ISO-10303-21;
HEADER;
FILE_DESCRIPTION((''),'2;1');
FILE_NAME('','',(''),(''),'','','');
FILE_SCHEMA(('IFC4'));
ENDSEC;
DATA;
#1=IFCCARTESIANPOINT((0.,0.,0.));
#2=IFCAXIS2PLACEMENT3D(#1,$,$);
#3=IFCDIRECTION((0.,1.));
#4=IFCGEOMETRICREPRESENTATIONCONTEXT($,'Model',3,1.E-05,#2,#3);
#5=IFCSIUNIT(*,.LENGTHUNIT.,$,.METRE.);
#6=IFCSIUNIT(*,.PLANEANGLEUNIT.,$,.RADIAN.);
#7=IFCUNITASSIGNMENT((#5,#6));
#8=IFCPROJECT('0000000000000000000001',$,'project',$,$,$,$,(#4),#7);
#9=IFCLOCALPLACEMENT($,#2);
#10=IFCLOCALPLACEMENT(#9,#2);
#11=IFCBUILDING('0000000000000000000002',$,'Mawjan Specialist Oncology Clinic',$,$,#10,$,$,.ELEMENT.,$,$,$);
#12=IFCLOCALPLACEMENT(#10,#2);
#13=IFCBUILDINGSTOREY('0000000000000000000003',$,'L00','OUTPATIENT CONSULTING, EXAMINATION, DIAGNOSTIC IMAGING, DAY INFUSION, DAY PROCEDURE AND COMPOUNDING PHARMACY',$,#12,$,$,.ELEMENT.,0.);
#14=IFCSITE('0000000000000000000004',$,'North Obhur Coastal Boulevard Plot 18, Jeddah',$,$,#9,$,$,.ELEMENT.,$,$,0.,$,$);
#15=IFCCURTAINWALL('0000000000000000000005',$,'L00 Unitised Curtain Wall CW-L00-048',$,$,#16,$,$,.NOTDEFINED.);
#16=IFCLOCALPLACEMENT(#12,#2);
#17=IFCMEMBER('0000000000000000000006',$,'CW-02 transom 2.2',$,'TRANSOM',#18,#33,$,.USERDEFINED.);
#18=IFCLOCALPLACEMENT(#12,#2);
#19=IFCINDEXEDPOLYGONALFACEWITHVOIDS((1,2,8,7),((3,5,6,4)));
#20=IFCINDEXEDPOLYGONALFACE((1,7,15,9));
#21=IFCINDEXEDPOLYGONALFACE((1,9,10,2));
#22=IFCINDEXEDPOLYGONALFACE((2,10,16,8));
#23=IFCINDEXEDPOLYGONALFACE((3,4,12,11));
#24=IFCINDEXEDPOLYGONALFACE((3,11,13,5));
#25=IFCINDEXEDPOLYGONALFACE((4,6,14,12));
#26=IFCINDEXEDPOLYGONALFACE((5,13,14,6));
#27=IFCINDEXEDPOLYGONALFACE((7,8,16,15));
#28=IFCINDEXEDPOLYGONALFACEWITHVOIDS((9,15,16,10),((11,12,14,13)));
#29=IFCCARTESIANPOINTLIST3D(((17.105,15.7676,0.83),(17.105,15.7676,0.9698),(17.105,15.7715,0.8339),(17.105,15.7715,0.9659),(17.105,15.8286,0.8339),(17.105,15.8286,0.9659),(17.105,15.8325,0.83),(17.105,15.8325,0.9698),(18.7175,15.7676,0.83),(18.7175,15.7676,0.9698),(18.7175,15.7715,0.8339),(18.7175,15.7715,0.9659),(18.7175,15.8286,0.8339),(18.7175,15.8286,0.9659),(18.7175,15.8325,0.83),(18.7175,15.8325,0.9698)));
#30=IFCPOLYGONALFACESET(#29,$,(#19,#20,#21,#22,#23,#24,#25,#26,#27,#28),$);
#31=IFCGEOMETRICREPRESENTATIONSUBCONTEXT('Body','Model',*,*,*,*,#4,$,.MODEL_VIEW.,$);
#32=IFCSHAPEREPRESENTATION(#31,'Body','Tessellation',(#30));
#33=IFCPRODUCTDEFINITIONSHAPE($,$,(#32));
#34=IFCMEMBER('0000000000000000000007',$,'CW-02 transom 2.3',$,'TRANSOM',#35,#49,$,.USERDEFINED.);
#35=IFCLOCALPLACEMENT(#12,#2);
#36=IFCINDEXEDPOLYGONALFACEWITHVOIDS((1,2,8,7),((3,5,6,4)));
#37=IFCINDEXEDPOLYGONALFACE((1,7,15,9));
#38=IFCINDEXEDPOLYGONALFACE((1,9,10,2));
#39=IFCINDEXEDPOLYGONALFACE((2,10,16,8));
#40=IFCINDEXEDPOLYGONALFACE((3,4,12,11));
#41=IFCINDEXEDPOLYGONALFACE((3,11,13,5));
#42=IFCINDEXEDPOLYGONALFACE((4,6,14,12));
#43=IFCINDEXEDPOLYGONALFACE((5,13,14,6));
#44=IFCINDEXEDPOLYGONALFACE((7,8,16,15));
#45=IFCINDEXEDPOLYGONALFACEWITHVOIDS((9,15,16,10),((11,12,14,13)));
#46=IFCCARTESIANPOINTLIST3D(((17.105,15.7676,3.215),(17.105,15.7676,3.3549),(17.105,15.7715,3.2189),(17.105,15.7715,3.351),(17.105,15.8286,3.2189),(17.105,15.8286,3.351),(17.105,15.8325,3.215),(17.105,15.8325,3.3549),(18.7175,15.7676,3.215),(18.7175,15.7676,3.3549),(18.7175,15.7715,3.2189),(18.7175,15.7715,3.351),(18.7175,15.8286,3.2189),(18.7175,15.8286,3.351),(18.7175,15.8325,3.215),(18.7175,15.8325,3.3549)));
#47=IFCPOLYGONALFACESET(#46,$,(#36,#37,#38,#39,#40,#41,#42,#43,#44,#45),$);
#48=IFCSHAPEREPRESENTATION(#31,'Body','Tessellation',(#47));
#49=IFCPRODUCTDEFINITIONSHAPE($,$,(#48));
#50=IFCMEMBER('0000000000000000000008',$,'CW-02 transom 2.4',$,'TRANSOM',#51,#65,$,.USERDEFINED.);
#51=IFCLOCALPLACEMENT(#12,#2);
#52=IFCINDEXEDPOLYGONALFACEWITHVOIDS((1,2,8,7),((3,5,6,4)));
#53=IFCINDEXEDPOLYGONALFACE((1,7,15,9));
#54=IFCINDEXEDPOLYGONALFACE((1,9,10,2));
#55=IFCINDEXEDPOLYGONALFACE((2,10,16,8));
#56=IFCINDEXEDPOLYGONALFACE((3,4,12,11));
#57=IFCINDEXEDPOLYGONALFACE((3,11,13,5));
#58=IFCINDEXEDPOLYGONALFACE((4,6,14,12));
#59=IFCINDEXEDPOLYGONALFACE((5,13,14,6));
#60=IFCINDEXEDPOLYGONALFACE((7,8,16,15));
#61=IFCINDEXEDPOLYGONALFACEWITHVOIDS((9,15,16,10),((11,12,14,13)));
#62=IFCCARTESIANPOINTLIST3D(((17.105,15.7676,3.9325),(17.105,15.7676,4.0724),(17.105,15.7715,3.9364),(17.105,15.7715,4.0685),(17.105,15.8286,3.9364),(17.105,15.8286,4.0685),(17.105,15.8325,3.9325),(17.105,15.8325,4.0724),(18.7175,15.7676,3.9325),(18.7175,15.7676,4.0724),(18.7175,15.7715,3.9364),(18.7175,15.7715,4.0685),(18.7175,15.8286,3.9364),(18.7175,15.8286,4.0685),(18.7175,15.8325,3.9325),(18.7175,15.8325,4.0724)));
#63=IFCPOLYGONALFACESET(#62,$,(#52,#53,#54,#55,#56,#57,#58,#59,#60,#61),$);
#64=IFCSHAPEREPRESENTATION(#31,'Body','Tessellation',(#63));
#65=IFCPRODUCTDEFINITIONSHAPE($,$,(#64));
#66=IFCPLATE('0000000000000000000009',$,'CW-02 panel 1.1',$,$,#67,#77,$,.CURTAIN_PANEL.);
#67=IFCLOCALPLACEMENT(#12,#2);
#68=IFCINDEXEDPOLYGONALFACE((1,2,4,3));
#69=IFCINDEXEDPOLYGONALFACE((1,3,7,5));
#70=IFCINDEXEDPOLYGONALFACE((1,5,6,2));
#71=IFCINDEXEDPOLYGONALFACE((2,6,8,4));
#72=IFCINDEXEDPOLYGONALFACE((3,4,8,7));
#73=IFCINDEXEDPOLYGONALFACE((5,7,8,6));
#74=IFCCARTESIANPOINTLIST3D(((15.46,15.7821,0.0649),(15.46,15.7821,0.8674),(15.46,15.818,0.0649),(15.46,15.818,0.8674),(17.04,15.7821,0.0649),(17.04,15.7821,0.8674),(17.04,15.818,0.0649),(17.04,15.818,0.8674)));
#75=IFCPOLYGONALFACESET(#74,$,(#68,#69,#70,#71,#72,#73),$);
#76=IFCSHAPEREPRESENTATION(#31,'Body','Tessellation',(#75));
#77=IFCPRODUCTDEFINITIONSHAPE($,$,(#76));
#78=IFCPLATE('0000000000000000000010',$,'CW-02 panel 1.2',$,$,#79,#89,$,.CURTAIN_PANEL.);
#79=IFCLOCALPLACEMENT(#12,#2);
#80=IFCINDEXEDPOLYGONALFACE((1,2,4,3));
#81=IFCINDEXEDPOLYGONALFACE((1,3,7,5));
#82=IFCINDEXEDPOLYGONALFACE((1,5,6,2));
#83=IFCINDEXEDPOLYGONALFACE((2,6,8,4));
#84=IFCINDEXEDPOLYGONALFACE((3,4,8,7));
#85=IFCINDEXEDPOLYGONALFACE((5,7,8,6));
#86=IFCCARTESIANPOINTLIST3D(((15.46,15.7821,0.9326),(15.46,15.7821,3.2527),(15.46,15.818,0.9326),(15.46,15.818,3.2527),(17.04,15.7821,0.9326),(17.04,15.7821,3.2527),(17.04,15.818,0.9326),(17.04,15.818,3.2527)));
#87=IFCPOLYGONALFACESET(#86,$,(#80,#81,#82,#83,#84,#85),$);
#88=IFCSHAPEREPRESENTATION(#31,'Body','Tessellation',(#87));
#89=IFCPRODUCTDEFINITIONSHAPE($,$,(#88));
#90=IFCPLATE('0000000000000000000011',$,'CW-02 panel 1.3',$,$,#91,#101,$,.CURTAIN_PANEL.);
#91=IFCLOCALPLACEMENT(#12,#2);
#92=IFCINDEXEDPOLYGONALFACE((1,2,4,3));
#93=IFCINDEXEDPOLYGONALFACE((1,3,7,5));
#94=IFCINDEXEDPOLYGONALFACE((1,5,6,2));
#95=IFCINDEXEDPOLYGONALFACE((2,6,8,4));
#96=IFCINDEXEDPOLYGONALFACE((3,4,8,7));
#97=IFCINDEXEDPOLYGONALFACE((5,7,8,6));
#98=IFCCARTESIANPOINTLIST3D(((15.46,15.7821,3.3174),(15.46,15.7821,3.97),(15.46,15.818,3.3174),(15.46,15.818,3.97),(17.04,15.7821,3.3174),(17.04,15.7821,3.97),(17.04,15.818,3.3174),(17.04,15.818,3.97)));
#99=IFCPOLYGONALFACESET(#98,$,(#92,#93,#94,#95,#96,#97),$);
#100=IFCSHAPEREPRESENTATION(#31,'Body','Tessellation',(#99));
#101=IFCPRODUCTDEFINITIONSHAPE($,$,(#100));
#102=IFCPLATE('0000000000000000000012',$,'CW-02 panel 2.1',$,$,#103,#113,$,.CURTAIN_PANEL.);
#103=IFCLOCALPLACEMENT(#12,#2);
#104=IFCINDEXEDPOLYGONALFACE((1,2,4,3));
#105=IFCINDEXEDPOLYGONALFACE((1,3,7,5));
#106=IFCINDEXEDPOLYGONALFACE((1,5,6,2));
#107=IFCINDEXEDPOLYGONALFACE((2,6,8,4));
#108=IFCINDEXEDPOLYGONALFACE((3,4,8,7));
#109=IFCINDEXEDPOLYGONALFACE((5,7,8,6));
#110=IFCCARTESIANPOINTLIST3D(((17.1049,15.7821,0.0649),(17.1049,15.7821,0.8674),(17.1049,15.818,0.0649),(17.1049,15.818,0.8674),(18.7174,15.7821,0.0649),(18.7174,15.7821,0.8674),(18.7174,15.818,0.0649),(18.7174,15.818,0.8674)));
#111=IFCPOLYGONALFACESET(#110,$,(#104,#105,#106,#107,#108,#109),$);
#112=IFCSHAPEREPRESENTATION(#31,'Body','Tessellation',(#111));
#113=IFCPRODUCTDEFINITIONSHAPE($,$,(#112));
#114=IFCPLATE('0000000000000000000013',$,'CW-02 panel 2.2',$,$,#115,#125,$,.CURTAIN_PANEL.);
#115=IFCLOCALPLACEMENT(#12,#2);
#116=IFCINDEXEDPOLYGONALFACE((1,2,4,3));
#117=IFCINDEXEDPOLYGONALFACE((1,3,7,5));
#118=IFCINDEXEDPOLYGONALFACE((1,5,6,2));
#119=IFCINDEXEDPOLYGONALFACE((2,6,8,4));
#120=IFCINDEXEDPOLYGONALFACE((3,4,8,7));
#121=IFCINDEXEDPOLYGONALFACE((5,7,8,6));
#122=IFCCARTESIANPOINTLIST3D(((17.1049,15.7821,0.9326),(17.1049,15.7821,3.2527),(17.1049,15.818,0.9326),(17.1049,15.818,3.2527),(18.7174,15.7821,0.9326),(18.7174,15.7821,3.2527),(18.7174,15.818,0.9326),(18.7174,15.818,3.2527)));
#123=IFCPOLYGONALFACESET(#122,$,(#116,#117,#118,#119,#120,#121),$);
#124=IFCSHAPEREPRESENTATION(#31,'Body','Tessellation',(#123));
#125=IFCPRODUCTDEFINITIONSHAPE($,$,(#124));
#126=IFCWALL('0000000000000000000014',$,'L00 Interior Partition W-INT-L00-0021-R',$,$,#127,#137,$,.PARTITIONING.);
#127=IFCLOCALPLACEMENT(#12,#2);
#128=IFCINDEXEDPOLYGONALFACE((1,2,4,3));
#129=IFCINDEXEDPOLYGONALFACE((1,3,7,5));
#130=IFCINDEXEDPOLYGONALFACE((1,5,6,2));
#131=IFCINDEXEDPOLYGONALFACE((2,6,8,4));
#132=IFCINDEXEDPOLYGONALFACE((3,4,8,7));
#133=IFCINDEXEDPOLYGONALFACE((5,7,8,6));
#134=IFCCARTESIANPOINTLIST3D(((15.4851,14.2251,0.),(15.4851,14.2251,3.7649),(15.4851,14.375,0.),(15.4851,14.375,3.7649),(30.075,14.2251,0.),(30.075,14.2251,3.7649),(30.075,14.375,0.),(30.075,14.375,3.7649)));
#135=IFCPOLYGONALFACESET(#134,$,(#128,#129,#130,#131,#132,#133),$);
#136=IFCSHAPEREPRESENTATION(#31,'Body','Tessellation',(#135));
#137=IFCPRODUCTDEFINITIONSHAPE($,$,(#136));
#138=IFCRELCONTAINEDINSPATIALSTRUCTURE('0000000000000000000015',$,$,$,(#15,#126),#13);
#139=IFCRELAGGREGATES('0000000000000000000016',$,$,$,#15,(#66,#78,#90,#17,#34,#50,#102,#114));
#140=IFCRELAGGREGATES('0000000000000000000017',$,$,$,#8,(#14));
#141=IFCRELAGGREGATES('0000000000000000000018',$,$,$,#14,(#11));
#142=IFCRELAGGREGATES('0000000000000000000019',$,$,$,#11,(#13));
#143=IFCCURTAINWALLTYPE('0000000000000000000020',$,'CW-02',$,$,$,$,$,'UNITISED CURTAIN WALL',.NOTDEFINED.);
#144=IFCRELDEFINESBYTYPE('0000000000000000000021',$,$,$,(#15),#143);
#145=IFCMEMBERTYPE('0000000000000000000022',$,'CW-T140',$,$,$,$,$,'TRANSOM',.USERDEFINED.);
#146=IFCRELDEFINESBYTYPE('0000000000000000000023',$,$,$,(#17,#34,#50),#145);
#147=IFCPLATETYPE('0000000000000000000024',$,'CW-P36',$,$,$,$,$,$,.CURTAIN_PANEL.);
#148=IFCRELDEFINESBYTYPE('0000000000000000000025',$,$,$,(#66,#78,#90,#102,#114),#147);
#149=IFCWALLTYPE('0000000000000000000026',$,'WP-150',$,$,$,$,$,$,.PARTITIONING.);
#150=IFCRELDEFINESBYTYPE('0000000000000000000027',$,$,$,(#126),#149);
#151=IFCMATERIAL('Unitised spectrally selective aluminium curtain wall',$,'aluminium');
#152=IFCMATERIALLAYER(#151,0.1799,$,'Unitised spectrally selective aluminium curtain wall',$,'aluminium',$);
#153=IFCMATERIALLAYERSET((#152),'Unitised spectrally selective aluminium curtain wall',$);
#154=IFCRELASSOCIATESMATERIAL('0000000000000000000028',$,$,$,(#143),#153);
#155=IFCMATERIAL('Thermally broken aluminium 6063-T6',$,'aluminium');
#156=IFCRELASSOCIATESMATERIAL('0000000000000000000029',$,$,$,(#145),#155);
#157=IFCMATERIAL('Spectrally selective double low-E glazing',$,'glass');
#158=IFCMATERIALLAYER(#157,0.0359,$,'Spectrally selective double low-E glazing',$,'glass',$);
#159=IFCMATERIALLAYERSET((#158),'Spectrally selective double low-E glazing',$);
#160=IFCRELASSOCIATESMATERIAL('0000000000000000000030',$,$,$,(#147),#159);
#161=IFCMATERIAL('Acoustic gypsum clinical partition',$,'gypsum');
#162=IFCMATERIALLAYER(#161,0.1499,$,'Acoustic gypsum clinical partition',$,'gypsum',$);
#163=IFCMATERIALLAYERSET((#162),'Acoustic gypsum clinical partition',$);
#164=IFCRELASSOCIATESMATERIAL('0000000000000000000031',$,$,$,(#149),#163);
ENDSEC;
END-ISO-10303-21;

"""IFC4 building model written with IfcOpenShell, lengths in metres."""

from ifc_helpers import new_model, si_unit, direction, frame, frame_2d, origin, origin_2d, place, context, subcontext, project, spatial, rectangle, hollow_rectangle, extrude, material, layer, layer_set, material_profile, profile_set, type_object, element, aggregate, save


model = new_model("IFC4")

# Units and contexts
model_context = context("Model", 3, precision=1e-05, world=origin(), true_north=direction((0.0, 1.0)))
body_context = subcontext(model_context, "Body", "Model", "MODEL_VIEW")
ifc_project = project(units=[si_unit("LENGTHUNIT", "METRE"), si_unit("PLANEANGLEUNIT", "RADIAN")], contexts=[model_context])

# Site, building, storey
site_placement = place(None, origin())
site = spatial("IfcSite", under=ifc_project, at=site_placement, Name="North Obhur Coastal Boulevard Plot 18, Jeddah", CompositionType="ELEMENT", RefElevation=0.0)
building_placement = place(site_placement, origin())
building = spatial("IfcBuilding", under=site, at=building_placement, Name="Mawjan Specialist Oncology Clinic", CompositionType="ELEMENT")
storey_placement = place(building_placement, origin())
storey = spatial("IfcBuildingStorey", under=building, at=storey_placement, Name="L00", Description="OUTPATIENT CONSULTING, EXAMINATION, DIAGNOSTIC IMAGING, DAY INFUSION, DAY PROCEDURE AND COMPOUNDING PHARMACY", CompositionType="ELEMENT", Elevation=0.0)

# Curtain wall, members, plates
ifc_material_1 = material(Name="Unitised spectrally selective aluminium curtain wall", Category="aluminium")
ifc_layer_1 = layer(ifc_material_1, 0.1799, Name="Unitised spectrally selective aluminium curtain wall", Category="aluminium")
ifc_layer_set_1 = layer_set([ifc_layer_1], Name="Unitised spectrally selective aluminium curtain wall")
curtain_wall_type = type_object("IfcCurtainWallType", Name="CW-02", ElementType="UNITISED CURTAIN WALL", PredefinedType="NOTDEFINED", material=ifc_layer_set_1)
curtain_wall_placement = place(storey_placement, origin())
curtain_wall = element("IfcCurtainWall", 1, at=curtain_wall_placement, inside=storey, type_object=curtain_wall_type, Name="L00 Unitised Curtain Wall CW-L00-048", PredefinedType="NOTDEFINED")
ifc_material_2 = material(Name="Thermally broken aluminium 6063-T6", Category="aluminium")
ifc_material_profile_1 = material_profile(ifc_material_2, hollow_rectangle(XDim=0.0649, YDim=0.1399, WallThickness=0.0039, at=origin_2d()), Name="ALU TRANSOM 140x65x4", Category="aluminium")
ifc_profile_set_1 = profile_set([ifc_material_profile_1], Name="Thermally broken aluminium 6063-T6")
member_type_1 = type_object("IfcMemberType", Name="CW-T140", ElementType="TRANSOM", PredefinedType="USERDEFINED", material=ifc_profile_set_1)
member_1_placement = place(storey_placement, frame((17.105, 15.8, 0.8999), z_axis=(1.0, 0.0, 0.0), x_axis=(0.0, 1.0, 0.0)))
member_1 = element("IfcMember", 2, at=member_1_placement, type_object=member_type_1, Name="CW-02 transom 2.2", ObjectType="TRANSOM", PredefinedType="USERDEFINED", context=body_context, shape_type="SweptSolid", body=[
    extrude(hollow_rectangle(XDim=0.0649, YDim=0.1399, WallThickness=0.0039, at=origin_2d()), origin(), (0.0, 0.0, 1.0), 1.6125),
])
member_2_placement = place(storey_placement, frame((17.105, 15.8, 3.2849), z_axis=(1.0, 0.0, 0.0), x_axis=(0.0, 1.0, 0.0)))
member_2 = element("IfcMember", 3, at=member_2_placement, type_object=member_type_1, Name="CW-02 transom 2.3", ObjectType="TRANSOM", PredefinedType="USERDEFINED", context=body_context, shape_type="SweptSolid", body=[
    extrude(hollow_rectangle(XDim=0.0649, YDim=0.1399, WallThickness=0.0039, at=origin_2d()), origin(), (0.0, 0.0, 1.0), 1.6125),
])
member_3_placement = place(storey_placement, frame((17.105, 15.8, 4.0024), z_axis=(1.0, 0.0, 0.0), x_axis=(0.0, 1.0, 0.0)))
member_3 = element("IfcMember", 4, at=member_3_placement, type_object=member_type_1, Name="CW-02 transom 2.4", ObjectType="TRANSOM", PredefinedType="USERDEFINED", context=body_context, shape_type="SweptSolid", body=[
    extrude(hollow_rectangle(XDim=0.0649, YDim=0.1399, WallThickness=0.0039, at=origin_2d()), origin(), (0.0, 0.0, 1.0), 1.6125),
])
ifc_material_3 = material(Name="Spectrally selective double low-E glazing", Category="glass")
ifc_layer_2 = layer(ifc_material_3, 0.0359, Name="Spectrally selective double low-E glazing", Category="glass")
ifc_layer_set_2 = layer_set([ifc_layer_2], Name="Spectrally selective double low-E glazing")
plate_type = type_object("IfcPlateType", Name="CW-P36", PredefinedType="CURTAIN_PANEL", material=ifc_layer_set_2)
plate_1_placement = place(storey_placement, frame((16.25, 15.8, 0.0649), z_axis=(0.0, 0.0, 1.0), x_axis=(1.0, 0.0, 0.0)))
plate_1 = element("IfcPlate", 5, at=plate_1_placement, type_object=plate_type, Name="CW-02 panel 1.1", PredefinedType="CURTAIN_PANEL", context=body_context, shape_type="SweptSolid", body=[
    extrude(rectangle(XDim=1.5801, YDim=0.0359, at=origin_2d()), origin(), (0.0, 0.0, 1.0), 0.8025),
])
plate_2_placement = place(storey_placement, frame((16.25, 15.8, 0.9326), z_axis=(0.0, 0.0, 1.0), x_axis=(1.0, 0.0, 0.0)))
plate_2 = element("IfcPlate", 6, at=plate_2_placement, type_object=plate_type, Name="CW-02 panel 1.2", PredefinedType="CURTAIN_PANEL", context=body_context, shape_type="SweptSolid", body=[
    extrude(rectangle(XDim=1.5801, YDim=0.0359, at=origin_2d()), origin(), (0.0, 0.0, 1.0), 2.3201),
])
plate_3_placement = place(storey_placement, frame((16.25, 15.8, 3.3174), z_axis=(0.0, 0.0, 1.0), x_axis=(1.0, 0.0, 0.0)))
plate_3 = element("IfcPlate", 7, at=plate_3_placement, type_object=plate_type, Name="CW-02 panel 1.3", PredefinedType="CURTAIN_PANEL", context=body_context, shape_type="SweptSolid", body=[
    extrude(rectangle(XDim=1.5801, YDim=0.0359, at=origin_2d()), origin(), (0.0, 0.0, 1.0), 0.6526),
])
plate_4_placement = place(storey_placement, frame((17.9111, 15.8, 0.0649), z_axis=(0.0, 0.0, 1.0), x_axis=(1.0, 0.0, 0.0)))
plate_4 = element("IfcPlate", 8, at=plate_4_placement, type_object=plate_type, Name="CW-02 panel 2.1", PredefinedType="CURTAIN_PANEL", context=body_context, shape_type="SweptSolid", body=[
    extrude(rectangle(XDim=1.6125, YDim=0.0359, at=origin_2d()), origin(), (0.0, 0.0, 1.0), 0.8025),
])
plate_5_placement = place(storey_placement, frame((17.9111, 15.8, 0.9326), z_axis=(0.0, 0.0, 1.0), x_axis=(1.0, 0.0, 0.0)))
plate_5 = element("IfcPlate", 9, at=plate_5_placement, type_object=plate_type, Name="CW-02 panel 2.2", PredefinedType="CURTAIN_PANEL", context=body_context, shape_type="SweptSolid", body=[
    extrude(rectangle(XDim=1.6125, YDim=0.0359, at=origin_2d()), origin(), (0.0, 0.0, 1.0), 2.3201),
])
aggregate(curtain_wall, [plate_1, plate_2, plate_3, member_1, member_2, member_3, plate_4, plate_5])

# Wall
ifc_material_4 = material(Name="Acoustic gypsum clinical partition", Category="gypsum")
ifc_layer_3 = layer(ifc_material_4, 0.1499, Name="Acoustic gypsum clinical partition", Category="gypsum")
ifc_layer_set_3 = layer_set([ifc_layer_3], Name="Acoustic gypsum clinical partition")
wall_type = type_object("IfcWallType", Name="WP-150", PredefinedType="PARTITIONING", material=ifc_layer_set_3)
wall_placement = place(storey_placement, frame((15.4851, 14.3, 0.0), z_axis=(0.0, 0.0, 1.0), x_axis=(1.0, 0.0, 0.0)))
element("IfcWall", 10, at=wall_placement, inside=storey, type_object=wall_type, Name="L00 Interior Partition W-INT-L00-0021-R", PredefinedType="PARTITIONING", context=body_context, shape_type="SweptSolid", body=[
    extrude(rectangle(XDim=14.5898, YDim=0.1499, at=frame_2d((7.2949, 0.0))), origin(), (0.0, 0.0, 1.0), 3.7649),
])

save(model, "model.ifc")
